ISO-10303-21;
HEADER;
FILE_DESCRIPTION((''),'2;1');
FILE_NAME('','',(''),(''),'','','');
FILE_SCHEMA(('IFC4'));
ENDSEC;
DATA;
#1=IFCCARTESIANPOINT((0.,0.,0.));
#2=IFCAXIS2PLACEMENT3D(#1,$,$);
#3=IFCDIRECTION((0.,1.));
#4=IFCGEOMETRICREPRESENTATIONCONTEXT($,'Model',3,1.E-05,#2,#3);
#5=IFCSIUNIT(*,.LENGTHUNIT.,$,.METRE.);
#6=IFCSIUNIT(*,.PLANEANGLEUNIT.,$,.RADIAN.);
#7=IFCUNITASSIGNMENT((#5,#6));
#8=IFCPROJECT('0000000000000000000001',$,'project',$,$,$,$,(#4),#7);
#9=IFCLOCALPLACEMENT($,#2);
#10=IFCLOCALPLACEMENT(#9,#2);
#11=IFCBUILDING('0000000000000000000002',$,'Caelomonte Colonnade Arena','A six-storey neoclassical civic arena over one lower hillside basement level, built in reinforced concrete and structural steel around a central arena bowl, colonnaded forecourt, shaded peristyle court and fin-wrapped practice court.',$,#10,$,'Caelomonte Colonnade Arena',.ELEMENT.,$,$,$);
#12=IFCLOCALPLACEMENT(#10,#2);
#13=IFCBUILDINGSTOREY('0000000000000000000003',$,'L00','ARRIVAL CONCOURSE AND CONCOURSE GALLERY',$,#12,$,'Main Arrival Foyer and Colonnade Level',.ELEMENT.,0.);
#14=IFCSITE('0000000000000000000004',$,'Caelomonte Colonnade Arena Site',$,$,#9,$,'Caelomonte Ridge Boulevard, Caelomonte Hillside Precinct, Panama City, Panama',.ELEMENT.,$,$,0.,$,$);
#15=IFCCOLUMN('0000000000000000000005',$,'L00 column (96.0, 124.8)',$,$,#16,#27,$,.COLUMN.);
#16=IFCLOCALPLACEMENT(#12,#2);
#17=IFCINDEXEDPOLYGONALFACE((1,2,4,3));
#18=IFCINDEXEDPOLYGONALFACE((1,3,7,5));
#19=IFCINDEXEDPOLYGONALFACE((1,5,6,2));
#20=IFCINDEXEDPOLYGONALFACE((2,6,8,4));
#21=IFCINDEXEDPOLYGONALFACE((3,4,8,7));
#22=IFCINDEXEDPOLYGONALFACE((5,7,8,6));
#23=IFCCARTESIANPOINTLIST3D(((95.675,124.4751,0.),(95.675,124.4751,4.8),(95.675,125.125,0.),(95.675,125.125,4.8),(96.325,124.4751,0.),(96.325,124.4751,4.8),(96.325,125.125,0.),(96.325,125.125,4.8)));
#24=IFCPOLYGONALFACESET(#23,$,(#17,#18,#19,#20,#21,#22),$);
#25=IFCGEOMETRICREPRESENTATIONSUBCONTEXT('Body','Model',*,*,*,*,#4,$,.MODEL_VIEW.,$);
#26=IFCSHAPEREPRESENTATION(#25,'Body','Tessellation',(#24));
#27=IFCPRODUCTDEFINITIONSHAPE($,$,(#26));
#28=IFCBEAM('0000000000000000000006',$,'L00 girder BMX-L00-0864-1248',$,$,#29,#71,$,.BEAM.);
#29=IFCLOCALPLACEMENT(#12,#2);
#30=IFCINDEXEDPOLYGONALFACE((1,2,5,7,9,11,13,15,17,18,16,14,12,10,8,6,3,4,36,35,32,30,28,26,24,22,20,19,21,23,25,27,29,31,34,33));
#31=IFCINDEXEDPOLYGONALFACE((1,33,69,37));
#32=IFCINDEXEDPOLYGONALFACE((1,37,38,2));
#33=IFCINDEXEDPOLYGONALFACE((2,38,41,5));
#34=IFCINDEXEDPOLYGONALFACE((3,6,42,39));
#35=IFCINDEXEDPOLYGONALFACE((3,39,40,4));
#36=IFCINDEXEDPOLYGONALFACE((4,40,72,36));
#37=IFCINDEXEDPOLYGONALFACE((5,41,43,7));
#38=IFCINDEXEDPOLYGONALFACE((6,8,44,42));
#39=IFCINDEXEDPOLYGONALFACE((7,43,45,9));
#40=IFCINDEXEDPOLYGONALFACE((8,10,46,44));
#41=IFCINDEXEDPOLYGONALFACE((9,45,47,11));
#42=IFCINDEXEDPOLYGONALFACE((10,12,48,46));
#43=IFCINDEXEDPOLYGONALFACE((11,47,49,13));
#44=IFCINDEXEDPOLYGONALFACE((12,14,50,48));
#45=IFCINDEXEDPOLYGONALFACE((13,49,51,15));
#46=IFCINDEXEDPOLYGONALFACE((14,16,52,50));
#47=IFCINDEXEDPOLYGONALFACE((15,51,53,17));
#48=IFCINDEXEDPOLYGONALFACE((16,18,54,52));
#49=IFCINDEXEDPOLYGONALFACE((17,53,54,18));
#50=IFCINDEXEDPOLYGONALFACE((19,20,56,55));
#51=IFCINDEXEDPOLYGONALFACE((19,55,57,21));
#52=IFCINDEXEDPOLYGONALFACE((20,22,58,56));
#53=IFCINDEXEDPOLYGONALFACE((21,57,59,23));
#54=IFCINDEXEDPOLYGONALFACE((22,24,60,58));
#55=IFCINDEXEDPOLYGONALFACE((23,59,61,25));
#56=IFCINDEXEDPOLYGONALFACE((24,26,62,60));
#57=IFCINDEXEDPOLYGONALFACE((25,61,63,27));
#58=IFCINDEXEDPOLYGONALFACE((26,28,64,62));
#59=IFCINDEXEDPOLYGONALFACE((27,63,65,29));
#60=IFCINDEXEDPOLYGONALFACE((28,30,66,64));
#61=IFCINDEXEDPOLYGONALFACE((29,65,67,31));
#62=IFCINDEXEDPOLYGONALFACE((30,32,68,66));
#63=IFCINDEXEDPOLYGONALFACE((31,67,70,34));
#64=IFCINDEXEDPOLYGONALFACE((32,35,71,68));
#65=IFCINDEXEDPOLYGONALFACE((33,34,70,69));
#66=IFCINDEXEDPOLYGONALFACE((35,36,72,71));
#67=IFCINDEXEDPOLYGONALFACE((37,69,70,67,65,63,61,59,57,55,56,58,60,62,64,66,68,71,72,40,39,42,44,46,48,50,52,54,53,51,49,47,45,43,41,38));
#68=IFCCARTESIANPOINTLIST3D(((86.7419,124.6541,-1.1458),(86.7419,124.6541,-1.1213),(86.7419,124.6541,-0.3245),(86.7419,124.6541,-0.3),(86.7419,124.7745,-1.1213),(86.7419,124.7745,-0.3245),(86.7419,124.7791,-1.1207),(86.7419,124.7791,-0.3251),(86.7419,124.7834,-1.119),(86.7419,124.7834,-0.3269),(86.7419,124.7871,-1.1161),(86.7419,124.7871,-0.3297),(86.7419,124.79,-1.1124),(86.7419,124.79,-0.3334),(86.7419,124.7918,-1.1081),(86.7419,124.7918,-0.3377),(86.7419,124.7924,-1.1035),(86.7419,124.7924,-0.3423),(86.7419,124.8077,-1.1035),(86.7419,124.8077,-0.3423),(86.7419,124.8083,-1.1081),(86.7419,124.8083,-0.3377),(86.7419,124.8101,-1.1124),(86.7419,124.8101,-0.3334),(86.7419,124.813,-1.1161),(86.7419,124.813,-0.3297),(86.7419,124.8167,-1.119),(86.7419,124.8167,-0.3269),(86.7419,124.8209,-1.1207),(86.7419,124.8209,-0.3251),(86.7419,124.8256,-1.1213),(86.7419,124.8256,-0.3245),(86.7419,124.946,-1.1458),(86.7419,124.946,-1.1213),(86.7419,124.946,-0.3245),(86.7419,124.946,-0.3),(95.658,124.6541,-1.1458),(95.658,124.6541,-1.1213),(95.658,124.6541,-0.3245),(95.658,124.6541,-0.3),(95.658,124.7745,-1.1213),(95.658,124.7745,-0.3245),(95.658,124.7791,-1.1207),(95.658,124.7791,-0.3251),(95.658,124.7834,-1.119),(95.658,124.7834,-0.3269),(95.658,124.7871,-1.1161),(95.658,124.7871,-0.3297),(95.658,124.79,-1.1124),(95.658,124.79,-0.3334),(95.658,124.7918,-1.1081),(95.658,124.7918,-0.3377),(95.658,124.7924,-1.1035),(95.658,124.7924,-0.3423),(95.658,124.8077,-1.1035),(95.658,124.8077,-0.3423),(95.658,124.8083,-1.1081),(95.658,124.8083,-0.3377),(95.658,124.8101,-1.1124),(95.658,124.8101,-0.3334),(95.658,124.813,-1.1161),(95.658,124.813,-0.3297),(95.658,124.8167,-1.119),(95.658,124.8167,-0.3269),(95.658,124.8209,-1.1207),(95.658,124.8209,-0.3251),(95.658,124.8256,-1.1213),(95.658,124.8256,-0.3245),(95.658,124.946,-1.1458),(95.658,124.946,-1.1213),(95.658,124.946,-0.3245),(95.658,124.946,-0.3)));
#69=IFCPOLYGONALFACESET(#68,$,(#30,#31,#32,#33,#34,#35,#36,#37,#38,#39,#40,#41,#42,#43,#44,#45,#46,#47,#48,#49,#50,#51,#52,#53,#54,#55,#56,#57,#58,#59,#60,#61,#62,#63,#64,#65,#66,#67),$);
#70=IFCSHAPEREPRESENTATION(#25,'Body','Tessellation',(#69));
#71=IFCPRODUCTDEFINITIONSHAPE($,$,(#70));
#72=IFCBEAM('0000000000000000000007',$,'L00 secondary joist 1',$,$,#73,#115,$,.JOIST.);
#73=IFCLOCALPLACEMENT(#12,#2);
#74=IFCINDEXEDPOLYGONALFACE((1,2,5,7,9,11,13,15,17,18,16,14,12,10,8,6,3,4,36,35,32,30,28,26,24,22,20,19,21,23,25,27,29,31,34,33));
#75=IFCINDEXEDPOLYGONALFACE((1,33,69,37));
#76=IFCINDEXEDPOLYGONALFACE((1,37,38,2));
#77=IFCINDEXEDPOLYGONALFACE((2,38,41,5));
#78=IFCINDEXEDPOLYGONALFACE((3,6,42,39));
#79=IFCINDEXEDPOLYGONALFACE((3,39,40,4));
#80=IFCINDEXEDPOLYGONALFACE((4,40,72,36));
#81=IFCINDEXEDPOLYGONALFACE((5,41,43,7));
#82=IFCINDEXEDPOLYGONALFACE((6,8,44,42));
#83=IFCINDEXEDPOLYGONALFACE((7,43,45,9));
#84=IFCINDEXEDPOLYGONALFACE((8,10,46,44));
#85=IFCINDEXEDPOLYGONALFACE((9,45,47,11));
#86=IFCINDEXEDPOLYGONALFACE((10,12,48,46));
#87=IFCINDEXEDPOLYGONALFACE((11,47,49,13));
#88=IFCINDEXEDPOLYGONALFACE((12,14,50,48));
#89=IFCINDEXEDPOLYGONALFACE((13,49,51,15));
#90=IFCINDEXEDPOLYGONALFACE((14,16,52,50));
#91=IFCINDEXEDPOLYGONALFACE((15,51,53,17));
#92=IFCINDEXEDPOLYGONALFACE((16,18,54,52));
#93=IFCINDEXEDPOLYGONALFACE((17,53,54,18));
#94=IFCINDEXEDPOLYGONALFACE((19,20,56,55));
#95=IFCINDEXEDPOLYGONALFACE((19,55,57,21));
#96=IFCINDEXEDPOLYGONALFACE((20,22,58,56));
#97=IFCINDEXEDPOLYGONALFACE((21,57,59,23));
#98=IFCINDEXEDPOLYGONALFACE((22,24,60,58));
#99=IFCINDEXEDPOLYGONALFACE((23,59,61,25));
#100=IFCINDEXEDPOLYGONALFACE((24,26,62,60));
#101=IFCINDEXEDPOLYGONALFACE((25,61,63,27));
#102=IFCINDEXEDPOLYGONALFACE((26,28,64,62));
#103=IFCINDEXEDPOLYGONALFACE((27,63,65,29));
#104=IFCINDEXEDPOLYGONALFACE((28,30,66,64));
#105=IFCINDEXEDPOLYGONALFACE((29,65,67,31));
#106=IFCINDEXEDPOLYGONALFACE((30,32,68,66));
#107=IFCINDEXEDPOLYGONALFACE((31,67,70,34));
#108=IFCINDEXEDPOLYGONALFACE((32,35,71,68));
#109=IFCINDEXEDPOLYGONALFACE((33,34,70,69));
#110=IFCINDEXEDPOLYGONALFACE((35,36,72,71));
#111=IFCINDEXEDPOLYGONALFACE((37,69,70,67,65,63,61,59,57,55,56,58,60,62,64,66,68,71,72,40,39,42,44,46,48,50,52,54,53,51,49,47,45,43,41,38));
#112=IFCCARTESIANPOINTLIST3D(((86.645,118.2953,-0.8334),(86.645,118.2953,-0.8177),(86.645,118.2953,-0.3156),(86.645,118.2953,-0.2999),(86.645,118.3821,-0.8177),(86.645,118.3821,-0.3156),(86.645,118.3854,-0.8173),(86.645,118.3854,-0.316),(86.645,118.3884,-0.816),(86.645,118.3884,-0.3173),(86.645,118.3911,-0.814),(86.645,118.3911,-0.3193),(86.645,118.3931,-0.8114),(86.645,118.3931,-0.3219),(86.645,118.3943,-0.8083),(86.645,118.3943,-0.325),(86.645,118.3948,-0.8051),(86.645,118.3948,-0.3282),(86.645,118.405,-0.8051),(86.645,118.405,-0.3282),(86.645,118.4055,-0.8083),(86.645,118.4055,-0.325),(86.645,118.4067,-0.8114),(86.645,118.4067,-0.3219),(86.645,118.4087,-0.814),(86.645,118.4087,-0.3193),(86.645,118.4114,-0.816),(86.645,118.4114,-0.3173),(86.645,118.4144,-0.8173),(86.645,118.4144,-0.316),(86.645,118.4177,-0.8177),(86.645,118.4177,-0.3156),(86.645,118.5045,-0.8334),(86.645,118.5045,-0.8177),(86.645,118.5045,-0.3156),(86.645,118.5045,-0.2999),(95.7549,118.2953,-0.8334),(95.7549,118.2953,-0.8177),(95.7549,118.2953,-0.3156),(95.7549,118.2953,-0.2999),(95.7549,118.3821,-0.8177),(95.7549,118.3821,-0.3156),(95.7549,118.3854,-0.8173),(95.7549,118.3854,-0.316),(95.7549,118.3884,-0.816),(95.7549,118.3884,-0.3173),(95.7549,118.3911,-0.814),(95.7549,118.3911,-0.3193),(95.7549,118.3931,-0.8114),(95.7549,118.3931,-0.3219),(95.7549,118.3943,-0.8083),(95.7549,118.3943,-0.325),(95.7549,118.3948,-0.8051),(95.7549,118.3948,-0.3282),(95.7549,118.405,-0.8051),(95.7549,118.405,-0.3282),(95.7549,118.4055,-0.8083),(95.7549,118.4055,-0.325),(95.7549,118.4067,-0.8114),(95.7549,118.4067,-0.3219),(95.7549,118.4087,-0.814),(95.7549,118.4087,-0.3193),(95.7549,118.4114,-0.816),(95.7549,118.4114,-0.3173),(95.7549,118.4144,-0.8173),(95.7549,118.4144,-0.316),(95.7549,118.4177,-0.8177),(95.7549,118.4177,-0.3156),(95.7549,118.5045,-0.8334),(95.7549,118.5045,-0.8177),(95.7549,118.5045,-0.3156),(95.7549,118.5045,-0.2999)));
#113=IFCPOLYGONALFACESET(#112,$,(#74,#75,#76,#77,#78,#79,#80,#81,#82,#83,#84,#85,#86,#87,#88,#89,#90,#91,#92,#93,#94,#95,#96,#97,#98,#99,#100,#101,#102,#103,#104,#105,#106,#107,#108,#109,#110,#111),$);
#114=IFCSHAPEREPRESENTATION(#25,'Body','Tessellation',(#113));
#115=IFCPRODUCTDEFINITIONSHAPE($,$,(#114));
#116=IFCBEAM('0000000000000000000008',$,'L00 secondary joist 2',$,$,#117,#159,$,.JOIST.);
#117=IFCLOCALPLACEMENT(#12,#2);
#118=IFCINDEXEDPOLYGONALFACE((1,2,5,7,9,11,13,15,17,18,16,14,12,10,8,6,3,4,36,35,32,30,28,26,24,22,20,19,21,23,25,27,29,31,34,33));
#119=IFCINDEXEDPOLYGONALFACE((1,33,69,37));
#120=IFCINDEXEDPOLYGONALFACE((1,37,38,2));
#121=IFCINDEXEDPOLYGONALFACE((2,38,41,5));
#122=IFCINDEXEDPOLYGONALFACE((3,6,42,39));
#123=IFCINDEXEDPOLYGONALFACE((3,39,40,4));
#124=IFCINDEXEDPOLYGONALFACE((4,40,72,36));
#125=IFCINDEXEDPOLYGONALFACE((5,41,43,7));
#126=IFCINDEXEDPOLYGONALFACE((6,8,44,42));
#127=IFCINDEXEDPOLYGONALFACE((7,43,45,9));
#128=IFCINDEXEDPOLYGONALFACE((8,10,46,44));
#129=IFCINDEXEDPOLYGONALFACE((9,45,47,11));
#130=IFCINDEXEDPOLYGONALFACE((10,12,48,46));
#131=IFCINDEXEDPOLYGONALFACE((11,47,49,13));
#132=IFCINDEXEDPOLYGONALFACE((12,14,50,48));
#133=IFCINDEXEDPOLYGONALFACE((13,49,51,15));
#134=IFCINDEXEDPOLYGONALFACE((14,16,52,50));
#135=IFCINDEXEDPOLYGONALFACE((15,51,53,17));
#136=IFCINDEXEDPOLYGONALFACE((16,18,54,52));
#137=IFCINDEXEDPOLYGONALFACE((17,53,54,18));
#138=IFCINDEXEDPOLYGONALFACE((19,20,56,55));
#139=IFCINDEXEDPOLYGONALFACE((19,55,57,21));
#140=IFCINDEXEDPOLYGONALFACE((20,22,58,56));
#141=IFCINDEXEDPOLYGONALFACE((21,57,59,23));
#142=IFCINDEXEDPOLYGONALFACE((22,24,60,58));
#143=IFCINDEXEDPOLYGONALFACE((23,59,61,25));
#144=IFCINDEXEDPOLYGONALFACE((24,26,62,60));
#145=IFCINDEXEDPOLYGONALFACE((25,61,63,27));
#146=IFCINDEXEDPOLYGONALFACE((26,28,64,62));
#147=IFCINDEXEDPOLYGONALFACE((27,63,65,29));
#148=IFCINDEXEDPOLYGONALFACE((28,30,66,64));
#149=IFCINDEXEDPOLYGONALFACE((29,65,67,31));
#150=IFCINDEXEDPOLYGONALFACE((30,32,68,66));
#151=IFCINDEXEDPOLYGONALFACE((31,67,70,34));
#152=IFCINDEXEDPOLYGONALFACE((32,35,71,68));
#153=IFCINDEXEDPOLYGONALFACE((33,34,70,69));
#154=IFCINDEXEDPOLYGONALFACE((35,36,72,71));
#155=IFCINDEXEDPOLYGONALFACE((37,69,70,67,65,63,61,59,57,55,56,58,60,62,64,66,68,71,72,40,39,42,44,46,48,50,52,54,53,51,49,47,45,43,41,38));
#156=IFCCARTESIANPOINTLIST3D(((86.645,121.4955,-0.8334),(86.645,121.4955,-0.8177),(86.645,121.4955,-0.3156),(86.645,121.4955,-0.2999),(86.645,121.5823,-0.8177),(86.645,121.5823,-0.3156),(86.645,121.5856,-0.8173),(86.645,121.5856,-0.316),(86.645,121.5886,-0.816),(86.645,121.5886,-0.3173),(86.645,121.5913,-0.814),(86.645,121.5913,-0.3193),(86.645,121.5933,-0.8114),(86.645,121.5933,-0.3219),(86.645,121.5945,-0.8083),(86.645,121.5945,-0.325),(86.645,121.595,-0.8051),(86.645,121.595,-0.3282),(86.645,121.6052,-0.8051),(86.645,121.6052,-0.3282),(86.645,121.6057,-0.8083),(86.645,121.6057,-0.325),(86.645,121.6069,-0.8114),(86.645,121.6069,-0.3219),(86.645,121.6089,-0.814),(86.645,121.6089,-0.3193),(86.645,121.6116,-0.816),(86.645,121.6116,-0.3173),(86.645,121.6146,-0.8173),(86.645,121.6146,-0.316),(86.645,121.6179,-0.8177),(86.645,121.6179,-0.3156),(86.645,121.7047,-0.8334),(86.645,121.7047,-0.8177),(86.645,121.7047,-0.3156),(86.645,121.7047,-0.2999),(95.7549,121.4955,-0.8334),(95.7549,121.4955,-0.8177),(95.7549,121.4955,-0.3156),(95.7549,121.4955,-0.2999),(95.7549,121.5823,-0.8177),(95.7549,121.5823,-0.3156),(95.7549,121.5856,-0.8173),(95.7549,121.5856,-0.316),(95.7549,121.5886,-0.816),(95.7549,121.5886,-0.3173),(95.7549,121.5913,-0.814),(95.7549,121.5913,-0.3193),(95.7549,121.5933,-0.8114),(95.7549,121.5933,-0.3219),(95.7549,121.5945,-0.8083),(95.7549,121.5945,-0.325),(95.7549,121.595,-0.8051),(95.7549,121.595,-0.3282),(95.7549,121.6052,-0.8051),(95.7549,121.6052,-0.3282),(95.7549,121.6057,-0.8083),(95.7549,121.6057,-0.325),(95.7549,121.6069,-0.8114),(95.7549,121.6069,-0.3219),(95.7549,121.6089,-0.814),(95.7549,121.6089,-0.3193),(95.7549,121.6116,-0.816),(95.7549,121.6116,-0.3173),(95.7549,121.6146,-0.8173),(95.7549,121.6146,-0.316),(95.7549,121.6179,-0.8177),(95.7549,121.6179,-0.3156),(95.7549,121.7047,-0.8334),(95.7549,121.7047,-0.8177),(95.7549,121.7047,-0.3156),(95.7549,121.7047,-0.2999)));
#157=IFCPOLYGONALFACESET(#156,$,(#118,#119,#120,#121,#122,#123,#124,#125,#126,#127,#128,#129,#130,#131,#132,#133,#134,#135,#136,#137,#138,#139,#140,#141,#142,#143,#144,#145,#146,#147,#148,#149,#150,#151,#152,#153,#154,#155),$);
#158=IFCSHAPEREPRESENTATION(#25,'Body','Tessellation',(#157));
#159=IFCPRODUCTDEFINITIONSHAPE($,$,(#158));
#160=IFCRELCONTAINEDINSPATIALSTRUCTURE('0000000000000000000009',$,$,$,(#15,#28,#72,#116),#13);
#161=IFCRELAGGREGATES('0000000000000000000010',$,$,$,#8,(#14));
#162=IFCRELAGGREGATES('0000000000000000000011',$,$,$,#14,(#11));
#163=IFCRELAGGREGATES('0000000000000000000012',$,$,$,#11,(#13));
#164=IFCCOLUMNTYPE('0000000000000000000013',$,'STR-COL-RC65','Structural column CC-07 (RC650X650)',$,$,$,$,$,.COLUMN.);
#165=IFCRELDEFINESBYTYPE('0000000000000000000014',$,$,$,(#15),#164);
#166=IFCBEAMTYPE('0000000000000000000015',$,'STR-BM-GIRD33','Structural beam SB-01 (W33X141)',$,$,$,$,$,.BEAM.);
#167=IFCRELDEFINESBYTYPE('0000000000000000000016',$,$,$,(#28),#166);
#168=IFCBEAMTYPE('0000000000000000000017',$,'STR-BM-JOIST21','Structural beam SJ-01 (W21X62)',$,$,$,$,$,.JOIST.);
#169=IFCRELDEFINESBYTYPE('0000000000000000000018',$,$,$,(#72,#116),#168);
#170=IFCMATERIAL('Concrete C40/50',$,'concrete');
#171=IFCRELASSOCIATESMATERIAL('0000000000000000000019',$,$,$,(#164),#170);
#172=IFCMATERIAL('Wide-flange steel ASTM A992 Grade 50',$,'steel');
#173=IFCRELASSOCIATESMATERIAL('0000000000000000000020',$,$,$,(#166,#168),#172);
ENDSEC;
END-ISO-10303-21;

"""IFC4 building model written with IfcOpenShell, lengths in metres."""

from ifc_helpers import new_model, si_unit, direction, frame, origin, origin_2d, place, context, subcontext, project, spatial, rectangle, i_section, extrude, material, material_profile, profile_set, type_object, element, save


model = new_model("IFC4")

# Units and contexts
model_context = context("Model", 3, precision=1e-05, world=origin(), true_north=direction((0.0, 1.0)))
body_context = subcontext(model_context, "Body", "Model", "MODEL_VIEW")
ifc_project = project(units=[si_unit("LENGTHUNIT", "METRE"), si_unit("PLANEANGLEUNIT", "RADIAN")], contexts=[model_context])

# Site, building, storey
site_placement = place(None, origin())
site = spatial("IfcSite", under=ifc_project, at=site_placement, Name="Caelomonte Colonnade Arena Site", LongName="Caelomonte Ridge Boulevard, Caelomonte Hillside Precinct, Panama City, Panama", CompositionType="ELEMENT", RefElevation=0.0)
building_placement = place(site_placement, origin())
building = spatial("IfcBuilding", under=site, at=building_placement, Name="Caelomonte Colonnade Arena", Description="A six-storey neoclassical civic arena over one lower hillside basement level, built in reinforced concrete and structural steel around a central arena bowl, colonnaded forecourt, shaded peristyle court and fin-wrapped practice court.", LongName="Caelomonte Colonnade Arena", CompositionType="ELEMENT")
storey_placement = place(building_placement, origin())
storey = spatial("IfcBuildingStorey", under=building, at=storey_placement, Name="L00", Description="ARRIVAL CONCOURSE AND CONCOURSE GALLERY", LongName="Main Arrival Foyer and Colonnade Level", CompositionType="ELEMENT", Elevation=0.0)

# Column
ifc_material_1 = material(Name="Concrete C40/50", Category="concrete")
ifc_material_profile_1 = material_profile(ifc_material_1, rectangle(XDim=0.6499, YDim=0.6499, at=origin_2d()), Name="RC650X650")
ifc_profile_set_1 = profile_set([ifc_material_profile_1], Name="Concrete C40/50")
column_type = type_object("IfcColumnType", Name="STR-COL-RC65", Description="Structural column CC-07 (RC650X650)", PredefinedType="COLUMN", material=ifc_profile_set_1)
column_placement = place(storey_placement, frame((96.0, 124.8, 0.0), z_axis=(0.0, 0.0, 1.0), x_axis=(1.0, 0.0, 0.0)))
element("IfcColumn", 1, at=column_placement, inside=storey, type_object=column_type, Name="L00 column (96.0, 124.8)", PredefinedType="COLUMN", context=body_context, shape_type="SweptSolid", body=[
    extrude(rectangle(XDim=0.6499, YDim=0.6499, at=origin_2d()), origin(), (0.0, 0.0, 1.0), 4.8),
])

# Beams
ifc_material_2 = material(Name="Wide-flange steel ASTM A992 Grade 50", Category="steel")
ifc_material_profile_2 = material_profile(ifc_material_2, i_section(OverallWidth=0.292, OverallDepth=0.8457, WebThickness=0.0154, FlangeThickness=0.0244, FilletRadius=0.0178, at=origin_2d()), Name="W33X141")
ifc_profile_set_2 = profile_set([ifc_material_profile_2], Name="Wide-flange steel ASTM A992 Grade 50")
beam_type_1 = type_object("IfcBeamType", Name="STR-BM-GIRD33", Description="Structural beam SB-01 (W33X141)", PredefinedType="BEAM", material=ifc_profile_set_2)
beam_placement = place(storey_placement, frame((86.7419, 124.8, -0.7229), z_axis=(1.0, 0.0, 0.0), x_axis=(0.0, 1.0, 0.0)))
element("IfcBeam", 2, at=beam_placement, inside=storey, type_object=beam_type_1, Name="L00 girder BMX-L00-0864-1248", PredefinedType="BEAM", context=body_context, shape_type="SweptSolid", body=[
    extrude(i_section(OverallWidth=0.292, OverallDepth=0.8457, WebThickness=0.0154, FlangeThickness=0.0244, FilletRadius=0.0178, at=origin_2d()), origin(), (0.0, 0.0, 1.0), 8.916),
])
ifc_material_profile_3 = material_profile(ifc_material_2, i_section(OverallWidth=0.2092, OverallDepth=0.5334, WebThickness=0.0103, FlangeThickness=0.0156, FilletRadius=0.0127, at=origin_2d()), Name="W21X62")
ifc_profile_set_3 = profile_set([ifc_material_profile_3], Name="Wide-flange steel ASTM A992 Grade 50")
beam_type_2 = type_object("IfcBeamType", Name="STR-BM-JOIST21", Description="Structural beam SJ-01 (W21X62)", PredefinedType="JOIST", material=ifc_profile_set_3)
for number, where, z_axis, x_axis, name in (
    (3, (86.645, 118.3999, -0.5667), (1.0, 0.0, 0.0), (0.0, 1.0, 0.0), "L00 secondary joist 1"),
    (4, (86.645, 121.6001, -0.5667), (1.0, 0.0, 0.0), (0.0, 1.0, 0.0), "L00 secondary joist 2"),
):
    element("IfcBeam", number, at=place(storey_placement, frame(where, z_axis=z_axis, x_axis=x_axis)), inside=storey, type_object=beam_type_2, Name=name, PredefinedType="JOIST", context=body_context, shape_type="SweptSolid", body=[
        extrude(i_section(OverallWidth=0.2092, OverallDepth=0.5334, WebThickness=0.0103, FlangeThickness=0.0156, FilletRadius=0.0127, at=origin_2d()), origin(), (0.0, 0.0, 1.0), 9.1099),
    ])

save(model, "model.ifc")
